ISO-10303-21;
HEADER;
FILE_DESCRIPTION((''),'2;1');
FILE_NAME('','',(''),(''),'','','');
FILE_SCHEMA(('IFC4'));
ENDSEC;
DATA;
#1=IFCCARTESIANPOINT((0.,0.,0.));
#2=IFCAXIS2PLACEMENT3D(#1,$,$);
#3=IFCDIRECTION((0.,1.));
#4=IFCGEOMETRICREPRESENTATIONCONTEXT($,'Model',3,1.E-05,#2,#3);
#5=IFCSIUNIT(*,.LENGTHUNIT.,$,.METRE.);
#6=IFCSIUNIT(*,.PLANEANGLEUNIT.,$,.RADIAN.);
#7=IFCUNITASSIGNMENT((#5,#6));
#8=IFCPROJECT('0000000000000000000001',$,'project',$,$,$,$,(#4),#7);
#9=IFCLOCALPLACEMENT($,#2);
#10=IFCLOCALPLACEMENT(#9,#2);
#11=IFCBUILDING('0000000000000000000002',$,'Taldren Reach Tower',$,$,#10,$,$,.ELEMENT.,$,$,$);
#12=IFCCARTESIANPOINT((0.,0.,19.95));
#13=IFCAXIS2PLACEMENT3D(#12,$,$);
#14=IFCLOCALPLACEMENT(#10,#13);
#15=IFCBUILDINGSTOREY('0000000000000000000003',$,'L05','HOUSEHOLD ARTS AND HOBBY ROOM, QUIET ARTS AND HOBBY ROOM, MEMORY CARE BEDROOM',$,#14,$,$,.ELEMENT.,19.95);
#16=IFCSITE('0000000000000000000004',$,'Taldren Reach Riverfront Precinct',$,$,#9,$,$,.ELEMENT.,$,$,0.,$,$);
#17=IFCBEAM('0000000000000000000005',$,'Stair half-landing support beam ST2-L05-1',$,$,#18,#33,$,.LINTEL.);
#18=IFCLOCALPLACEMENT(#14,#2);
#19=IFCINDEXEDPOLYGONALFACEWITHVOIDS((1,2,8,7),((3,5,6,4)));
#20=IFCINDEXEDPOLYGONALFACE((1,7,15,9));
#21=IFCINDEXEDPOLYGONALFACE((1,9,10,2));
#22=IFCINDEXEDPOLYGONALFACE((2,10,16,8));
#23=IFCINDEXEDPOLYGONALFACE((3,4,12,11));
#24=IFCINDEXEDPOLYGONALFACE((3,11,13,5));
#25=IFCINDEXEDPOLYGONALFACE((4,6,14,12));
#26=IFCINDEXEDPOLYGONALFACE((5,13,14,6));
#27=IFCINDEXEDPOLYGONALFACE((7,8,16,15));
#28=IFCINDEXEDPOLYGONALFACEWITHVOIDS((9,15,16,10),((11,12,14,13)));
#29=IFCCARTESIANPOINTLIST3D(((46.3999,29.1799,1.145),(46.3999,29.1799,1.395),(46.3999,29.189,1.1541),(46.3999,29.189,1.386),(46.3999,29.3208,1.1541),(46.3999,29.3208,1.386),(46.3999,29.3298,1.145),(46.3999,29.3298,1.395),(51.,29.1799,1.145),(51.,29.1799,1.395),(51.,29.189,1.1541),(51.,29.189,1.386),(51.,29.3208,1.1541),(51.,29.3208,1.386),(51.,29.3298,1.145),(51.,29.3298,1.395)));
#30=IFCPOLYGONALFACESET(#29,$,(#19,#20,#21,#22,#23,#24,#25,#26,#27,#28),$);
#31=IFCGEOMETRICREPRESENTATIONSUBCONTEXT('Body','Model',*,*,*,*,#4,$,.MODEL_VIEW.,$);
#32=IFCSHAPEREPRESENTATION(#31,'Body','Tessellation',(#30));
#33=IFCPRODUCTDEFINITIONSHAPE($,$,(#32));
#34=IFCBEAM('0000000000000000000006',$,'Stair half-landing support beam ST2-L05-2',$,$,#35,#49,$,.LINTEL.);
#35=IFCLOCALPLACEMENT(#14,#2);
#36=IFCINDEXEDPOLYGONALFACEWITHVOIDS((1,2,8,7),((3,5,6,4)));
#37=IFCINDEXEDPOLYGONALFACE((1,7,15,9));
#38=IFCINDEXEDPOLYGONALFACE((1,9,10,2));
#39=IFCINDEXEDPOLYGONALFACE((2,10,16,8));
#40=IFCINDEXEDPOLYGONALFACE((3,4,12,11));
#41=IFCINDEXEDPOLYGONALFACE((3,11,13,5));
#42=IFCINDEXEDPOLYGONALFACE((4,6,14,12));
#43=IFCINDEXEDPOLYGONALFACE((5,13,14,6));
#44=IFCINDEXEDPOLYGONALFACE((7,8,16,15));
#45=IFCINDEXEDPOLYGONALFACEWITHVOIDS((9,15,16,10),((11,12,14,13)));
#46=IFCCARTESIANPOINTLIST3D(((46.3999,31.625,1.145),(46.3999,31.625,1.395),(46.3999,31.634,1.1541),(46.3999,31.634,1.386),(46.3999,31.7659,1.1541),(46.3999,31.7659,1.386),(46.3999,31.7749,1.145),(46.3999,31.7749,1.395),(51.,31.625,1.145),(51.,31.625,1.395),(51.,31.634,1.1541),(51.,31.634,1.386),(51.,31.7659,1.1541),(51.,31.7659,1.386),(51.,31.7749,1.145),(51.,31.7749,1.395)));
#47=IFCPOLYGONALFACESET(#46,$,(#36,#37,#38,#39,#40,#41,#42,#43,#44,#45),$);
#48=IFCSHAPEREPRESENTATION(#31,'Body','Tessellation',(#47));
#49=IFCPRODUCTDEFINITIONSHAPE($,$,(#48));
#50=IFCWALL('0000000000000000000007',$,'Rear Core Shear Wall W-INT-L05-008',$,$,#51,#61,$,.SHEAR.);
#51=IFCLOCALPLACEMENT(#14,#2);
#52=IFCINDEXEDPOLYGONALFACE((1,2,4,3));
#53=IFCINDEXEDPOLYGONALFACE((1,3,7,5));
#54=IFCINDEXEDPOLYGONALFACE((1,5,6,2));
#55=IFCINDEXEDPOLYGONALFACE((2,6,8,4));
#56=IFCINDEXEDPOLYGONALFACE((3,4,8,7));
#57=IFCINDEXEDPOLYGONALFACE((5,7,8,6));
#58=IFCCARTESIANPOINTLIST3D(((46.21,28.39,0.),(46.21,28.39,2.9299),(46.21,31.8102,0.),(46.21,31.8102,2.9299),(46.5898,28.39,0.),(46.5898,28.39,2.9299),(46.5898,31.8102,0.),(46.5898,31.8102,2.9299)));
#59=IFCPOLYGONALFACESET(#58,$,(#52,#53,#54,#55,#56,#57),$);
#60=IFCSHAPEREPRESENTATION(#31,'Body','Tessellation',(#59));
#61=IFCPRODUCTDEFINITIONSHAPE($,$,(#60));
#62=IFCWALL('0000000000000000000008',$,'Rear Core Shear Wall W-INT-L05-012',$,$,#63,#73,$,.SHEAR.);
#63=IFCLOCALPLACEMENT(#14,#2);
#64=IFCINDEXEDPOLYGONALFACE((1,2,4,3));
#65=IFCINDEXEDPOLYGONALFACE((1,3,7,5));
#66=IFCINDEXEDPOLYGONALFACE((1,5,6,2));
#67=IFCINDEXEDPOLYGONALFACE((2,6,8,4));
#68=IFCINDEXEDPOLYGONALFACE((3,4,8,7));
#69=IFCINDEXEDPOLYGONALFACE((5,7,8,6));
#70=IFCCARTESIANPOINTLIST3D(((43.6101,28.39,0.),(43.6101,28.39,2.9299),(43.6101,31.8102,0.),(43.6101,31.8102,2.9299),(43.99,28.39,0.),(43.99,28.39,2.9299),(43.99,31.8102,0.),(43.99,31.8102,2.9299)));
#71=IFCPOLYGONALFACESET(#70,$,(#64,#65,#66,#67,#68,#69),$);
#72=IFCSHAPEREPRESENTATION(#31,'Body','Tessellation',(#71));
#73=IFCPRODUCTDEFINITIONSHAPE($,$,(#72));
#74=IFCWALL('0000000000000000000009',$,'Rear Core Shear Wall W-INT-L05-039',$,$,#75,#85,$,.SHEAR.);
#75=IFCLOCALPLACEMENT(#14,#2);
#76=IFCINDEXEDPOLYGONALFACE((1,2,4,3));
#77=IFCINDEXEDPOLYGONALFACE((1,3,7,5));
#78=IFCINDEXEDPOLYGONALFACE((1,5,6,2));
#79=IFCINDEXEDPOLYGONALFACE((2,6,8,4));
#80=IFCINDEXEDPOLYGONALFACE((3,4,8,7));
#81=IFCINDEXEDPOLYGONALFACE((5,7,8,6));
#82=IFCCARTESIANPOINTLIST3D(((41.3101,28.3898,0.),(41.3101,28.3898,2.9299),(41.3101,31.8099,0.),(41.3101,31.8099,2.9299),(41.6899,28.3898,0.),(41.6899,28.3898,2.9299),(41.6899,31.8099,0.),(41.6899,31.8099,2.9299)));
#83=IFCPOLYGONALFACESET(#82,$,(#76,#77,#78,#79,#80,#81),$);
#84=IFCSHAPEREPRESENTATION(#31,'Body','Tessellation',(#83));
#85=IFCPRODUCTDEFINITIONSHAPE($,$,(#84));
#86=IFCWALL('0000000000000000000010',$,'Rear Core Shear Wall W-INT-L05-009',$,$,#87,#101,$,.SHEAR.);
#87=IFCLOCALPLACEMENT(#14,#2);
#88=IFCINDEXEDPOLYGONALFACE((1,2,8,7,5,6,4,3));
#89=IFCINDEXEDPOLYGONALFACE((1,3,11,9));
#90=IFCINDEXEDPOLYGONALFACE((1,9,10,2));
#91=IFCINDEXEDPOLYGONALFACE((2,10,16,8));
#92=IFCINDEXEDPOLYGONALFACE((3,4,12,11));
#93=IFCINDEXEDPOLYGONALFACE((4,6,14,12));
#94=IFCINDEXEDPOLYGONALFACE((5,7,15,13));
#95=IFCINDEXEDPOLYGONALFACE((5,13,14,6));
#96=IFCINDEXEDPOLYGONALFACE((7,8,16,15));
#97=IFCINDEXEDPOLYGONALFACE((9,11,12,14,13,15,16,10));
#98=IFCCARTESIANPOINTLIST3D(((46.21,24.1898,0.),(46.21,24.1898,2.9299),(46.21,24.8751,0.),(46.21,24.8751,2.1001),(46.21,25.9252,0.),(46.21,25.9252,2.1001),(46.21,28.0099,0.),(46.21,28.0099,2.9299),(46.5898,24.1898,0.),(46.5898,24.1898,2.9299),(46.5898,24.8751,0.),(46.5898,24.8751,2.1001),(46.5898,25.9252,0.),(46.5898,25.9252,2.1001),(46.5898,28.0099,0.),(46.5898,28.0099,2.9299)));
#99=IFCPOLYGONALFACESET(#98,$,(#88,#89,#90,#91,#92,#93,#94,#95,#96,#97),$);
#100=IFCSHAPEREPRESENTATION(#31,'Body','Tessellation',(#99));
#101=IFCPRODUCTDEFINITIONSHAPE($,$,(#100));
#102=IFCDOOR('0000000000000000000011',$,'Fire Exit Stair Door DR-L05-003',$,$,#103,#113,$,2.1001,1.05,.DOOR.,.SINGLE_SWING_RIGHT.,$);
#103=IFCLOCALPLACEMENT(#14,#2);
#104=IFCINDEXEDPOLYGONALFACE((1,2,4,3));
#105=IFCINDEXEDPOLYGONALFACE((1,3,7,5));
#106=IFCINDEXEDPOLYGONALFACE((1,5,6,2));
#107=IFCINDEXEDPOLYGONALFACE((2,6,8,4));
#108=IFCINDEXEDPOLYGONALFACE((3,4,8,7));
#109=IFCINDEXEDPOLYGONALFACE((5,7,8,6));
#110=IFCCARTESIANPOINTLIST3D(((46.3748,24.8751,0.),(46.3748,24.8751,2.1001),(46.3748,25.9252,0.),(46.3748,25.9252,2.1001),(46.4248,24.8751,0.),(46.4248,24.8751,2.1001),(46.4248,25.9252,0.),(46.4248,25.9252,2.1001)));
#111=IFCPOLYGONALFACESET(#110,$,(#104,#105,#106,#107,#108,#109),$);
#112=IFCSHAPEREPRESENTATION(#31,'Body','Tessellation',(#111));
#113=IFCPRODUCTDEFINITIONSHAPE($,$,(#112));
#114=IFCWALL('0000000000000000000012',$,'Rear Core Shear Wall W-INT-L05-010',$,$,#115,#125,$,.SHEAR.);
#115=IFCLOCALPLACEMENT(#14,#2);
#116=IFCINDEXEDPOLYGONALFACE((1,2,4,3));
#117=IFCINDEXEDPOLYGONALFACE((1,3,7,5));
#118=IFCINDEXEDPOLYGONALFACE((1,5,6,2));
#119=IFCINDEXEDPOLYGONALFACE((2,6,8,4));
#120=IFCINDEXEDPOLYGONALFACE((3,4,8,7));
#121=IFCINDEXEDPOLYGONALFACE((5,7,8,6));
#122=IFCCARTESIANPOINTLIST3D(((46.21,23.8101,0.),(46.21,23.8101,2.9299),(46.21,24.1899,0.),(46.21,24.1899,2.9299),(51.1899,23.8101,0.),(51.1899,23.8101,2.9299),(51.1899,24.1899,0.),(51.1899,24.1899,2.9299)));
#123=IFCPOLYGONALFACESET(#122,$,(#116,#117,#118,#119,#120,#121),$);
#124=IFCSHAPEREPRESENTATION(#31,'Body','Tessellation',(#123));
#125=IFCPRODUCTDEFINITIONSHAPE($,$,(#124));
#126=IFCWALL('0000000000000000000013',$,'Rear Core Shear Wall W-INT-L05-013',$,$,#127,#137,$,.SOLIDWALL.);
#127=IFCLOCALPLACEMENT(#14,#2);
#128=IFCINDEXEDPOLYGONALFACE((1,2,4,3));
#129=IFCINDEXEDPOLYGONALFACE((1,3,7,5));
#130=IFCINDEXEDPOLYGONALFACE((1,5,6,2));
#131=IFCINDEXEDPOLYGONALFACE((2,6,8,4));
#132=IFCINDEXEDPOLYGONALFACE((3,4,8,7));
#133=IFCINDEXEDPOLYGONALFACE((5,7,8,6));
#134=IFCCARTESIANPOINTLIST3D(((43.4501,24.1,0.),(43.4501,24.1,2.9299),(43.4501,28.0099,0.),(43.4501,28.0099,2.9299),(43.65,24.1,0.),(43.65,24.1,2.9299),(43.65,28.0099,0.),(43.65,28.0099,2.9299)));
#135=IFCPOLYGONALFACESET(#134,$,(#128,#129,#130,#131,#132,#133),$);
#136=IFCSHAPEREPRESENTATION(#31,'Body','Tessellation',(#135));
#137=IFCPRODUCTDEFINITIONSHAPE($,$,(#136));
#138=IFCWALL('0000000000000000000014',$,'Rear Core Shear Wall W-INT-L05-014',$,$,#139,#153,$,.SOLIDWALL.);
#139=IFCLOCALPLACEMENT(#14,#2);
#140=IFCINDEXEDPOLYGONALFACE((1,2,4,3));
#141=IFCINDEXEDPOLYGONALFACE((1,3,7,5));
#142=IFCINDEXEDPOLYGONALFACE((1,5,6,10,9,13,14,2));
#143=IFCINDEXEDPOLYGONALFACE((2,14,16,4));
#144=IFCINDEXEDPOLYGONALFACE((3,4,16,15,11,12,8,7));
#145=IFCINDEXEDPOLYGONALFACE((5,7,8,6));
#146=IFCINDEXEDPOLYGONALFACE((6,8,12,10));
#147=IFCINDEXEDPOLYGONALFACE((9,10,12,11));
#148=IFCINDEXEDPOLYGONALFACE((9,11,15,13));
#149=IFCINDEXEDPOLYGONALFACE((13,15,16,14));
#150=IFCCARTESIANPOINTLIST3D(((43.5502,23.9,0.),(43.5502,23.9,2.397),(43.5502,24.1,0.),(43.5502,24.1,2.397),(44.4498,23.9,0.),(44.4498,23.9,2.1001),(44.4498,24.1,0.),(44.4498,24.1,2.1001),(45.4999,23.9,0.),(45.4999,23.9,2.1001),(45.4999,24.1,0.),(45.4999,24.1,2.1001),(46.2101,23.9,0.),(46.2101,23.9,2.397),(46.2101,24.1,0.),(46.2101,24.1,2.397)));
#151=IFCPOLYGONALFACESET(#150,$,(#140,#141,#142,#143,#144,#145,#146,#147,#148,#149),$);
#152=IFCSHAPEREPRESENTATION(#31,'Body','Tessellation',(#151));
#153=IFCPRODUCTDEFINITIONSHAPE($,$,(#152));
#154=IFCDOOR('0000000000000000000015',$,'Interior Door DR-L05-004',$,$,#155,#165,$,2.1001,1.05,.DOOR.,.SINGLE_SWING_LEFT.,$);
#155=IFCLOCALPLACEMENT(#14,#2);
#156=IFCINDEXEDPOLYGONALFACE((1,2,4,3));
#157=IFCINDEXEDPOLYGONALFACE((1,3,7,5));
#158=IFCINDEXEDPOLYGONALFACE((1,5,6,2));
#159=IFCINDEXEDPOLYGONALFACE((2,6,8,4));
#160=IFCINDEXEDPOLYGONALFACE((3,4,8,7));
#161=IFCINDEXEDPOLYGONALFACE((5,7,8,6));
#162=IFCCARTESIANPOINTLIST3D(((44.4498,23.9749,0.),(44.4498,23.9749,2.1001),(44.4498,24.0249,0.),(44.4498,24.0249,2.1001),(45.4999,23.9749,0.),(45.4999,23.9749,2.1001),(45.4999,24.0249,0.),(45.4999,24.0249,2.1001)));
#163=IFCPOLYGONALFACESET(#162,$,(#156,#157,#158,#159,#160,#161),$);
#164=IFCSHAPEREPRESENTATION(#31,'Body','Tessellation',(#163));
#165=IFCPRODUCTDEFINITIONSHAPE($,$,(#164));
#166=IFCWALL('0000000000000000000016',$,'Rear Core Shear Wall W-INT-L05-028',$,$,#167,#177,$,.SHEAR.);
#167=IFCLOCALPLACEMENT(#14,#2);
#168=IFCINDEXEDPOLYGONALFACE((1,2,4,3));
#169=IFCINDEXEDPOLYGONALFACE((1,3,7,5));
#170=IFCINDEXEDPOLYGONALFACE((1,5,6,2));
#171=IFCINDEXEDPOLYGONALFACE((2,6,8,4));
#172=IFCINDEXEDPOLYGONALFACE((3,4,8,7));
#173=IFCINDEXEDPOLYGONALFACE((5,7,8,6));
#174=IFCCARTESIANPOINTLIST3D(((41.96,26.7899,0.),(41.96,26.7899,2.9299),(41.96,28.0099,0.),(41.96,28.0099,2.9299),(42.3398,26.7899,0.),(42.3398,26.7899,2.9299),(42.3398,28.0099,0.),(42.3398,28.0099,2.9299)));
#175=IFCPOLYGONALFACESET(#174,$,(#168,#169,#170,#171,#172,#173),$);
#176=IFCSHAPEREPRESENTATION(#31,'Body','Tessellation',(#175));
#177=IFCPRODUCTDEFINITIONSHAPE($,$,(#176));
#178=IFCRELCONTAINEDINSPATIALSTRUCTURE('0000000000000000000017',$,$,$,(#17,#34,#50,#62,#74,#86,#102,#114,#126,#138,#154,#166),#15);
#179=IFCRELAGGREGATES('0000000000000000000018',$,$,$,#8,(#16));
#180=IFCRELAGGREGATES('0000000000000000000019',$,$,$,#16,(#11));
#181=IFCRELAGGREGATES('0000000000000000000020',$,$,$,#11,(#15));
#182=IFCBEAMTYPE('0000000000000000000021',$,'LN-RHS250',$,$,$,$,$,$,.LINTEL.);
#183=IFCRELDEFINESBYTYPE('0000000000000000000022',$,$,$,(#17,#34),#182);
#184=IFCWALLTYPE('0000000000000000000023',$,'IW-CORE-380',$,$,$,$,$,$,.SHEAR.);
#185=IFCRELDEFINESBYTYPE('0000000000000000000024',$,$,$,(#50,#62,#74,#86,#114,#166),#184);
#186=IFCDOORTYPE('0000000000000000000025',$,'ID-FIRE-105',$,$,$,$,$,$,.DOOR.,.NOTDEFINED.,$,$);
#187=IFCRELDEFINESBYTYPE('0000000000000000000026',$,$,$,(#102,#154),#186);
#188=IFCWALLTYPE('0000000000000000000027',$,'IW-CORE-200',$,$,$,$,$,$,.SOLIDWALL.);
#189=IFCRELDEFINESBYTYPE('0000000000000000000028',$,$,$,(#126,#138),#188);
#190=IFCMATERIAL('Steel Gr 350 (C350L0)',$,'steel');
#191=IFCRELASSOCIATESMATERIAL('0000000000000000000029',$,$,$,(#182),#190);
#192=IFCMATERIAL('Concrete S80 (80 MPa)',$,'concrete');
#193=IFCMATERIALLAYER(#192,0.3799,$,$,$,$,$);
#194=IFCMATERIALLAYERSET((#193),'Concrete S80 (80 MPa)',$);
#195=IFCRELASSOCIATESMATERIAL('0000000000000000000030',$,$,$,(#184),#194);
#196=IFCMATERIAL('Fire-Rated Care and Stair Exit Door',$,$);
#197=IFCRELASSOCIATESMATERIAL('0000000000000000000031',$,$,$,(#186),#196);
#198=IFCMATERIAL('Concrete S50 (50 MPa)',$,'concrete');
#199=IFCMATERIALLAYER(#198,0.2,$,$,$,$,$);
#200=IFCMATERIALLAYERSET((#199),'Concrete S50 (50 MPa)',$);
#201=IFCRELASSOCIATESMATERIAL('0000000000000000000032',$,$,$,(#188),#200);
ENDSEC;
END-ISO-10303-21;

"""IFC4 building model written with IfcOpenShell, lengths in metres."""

from ifc_helpers import new_model, si_unit, direction, frame, frame_2d, origin, origin_2d, place, context, subcontext, project, spatial, rectangle, hollow_rectangle, extrude, source, transform, mapped, material, layer, layer_set, material_profile, profile_set, type_object, element, fill, save


model = new_model("IFC4")

# Units and contexts
model_context = context("Model", 3, precision=1e-05, world=origin(), true_north=direction((0.0, 1.0)))
body_context = subcontext(model_context, "Body", "Model", "MODEL_VIEW")
ifc_project = project(units=[si_unit("LENGTHUNIT", "METRE"), si_unit("PLANEANGLEUNIT", "RADIAN")], contexts=[model_context])

# Site, building, storey
site_placement = place(None, origin())
site = spatial("IfcSite", under=ifc_project, at=site_placement, Name="Taldren Reach Riverfront Precinct", CompositionType="ELEMENT", RefElevation=0.0)
building_placement = place(site_placement, origin())
building = spatial("IfcBuilding", under=site, at=building_placement, Name="Taldren Reach Tower", CompositionType="ELEMENT")
storey_placement = place(building_placement, frame((0.0, 0.0, 19.95)))
storey = spatial("IfcBuildingStorey", under=building, at=storey_placement, Name="L05", Description="HOUSEHOLD ARTS AND HOBBY ROOM, QUIET ARTS AND HOBBY ROOM, MEMORY CARE BEDROOM", CompositionType="ELEMENT", Elevation=19.95)

# Beams
ifc_material_1 = material(Name="Steel Gr 350 (C350L0)", Category="steel")
ifc_material_profile = material_profile(ifc_material_1, hollow_rectangle(XDim=0.1499, YDim=0.25, WallThickness=0.009, at=origin_2d()), Name="250x150x9.0RHS")
ifc_profile_set = profile_set([ifc_material_profile], Name="Steel Gr 350 (C350L0)")
beam_type = type_object("IfcBeamType", Name="LN-RHS250", PredefinedType="LINTEL", material=ifc_profile_set)
shared_shape_1 = source(origin(), body_context, "Body", "SweptSolid", [
    extrude(hollow_rectangle(XDim=0.1499, YDim=0.25, WallThickness=0.009, at=origin_2d()), origin(), (0.0, 0.0, 1.0), 4.6001),
])
for number, where, z_axis, x_axis, name in (
    (1, (46.3999, 29.2549, 1.27), (1.0, 0.0, 0.0), (0.0, 1.0, 0.0), "Stair half-landing support beam ST2-L05-1"),
    (2, (46.3999, 31.7, 1.27), (1.0, 0.0, 0.0), (0.0, 1.0, 0.0), "Stair half-landing support beam ST2-L05-2"),
):
    element("IfcBeam", number, at=place(storey_placement, frame(where, z_axis=z_axis, x_axis=x_axis)), inside=storey, type_object=beam_type, Name=name, PredefinedType="LINTEL", context=body_context, shape_type="MappedRepresentation", body=[
        mapped(shared_shape_1, transform((0.0, 0.0, 0.0), scale=1.0)),
    ])

# Walls
ifc_material_2 = material(Name="Concrete S80 (80 MPa)", Category="concrete")
ifc_layer_1 = layer(ifc_material_2, 0.3799)
ifc_layer_set_1 = layer_set([ifc_layer_1], Name="Concrete S80 (80 MPa)")
wall_type_1 = type_object("IfcWallType", Name="IW-CORE-380", PredefinedType="SHEAR", material=ifc_layer_set_1)
shared_shape_2 = source(origin(), body_context, "Body", "SweptSolid", [
    extrude(rectangle(XDim=3.4202, YDim=0.3799, at=frame_2d((1.71, 0.0))), origin(), (0.0, 0.0, 1.0), 2.9299),
])
for number, where, z_axis, x_axis, name in (
    (3, (46.3999, 31.8101, 0.0), (0.0, 0.0, 1.0), (0.0, -1.0, 0.0), "Rear Core Shear Wall W-INT-L05-008"),
    (4, (43.8, 31.8101, 0.0), (0.0, 0.0, 1.0), (0.0, -1.0, 0.0), "Rear Core Shear Wall W-INT-L05-012"),
    (5, (41.5, 28.3899, 0.0), (0.0, 0.0, 1.0), (0.0, 1.0, 0.0), "Rear Core Shear Wall W-INT-L05-039"),
):
    element("IfcWall", number, at=place(storey_placement, frame(where, z_axis=z_axis, x_axis=x_axis)), inside=storey, type_object=wall_type_1, Name=name, PredefinedType="SHEAR", context=body_context, shape_type="MappedRepresentation", body=[
        mapped(shared_shape_2, transform((0.0, 0.0, 0.0), scale=1.0)),
    ])

# Wall, opening, door
shared_shape_3 = source(origin(), body_context, "Body", "SweptSolid", [
    extrude(rectangle(XDim=3.8201, YDim=0.3799, at=frame_2d((1.9102, 0.0))), origin(), (0.0, 0.0, 1.0), 2.9299),
])
wall_1_placement = place(storey_placement, frame((46.3999, 28.01, 0.0), z_axis=(0.0, 0.0, 1.0), x_axis=(0.0, -1.0, 0.0)))
wall_1 = element("IfcWall", 6, at=wall_1_placement, inside=storey, type_object=wall_type_1, Name="Rear Core Shear Wall W-INT-L05-009", PredefinedType="SHEAR", context=body_context, shape_type="MappedRepresentation", body=[
    mapped(shared_shape_3, transform((0.0, 0.0, 0.0), scale=1.0)),
])
shared_shape_4 = source(origin(), body_context, "Body", "SweptSolid", [
    extrude(rectangle(XDim=1.05, YDim=2.1001, at=frame_2d((0.5249, 1.05))), frame((0.0, 0.2, 0.0), z_axis=(0.0, -1.0, 0.0), x_axis=(1.0, 0.0, 0.0)), (0.0, 0.0, 1.0), 0.3999),
])
opening_1_placement = place(wall_1_placement, frame((2.085, 0.0, 0.0)))
opening_1 = element("IfcOpeningElement", 7, at=opening_1_placement, cuts=wall_1, PredefinedType="OPENING", context=body_context, shape_type="MappedRepresentation", body=[
    mapped(shared_shape_4, transform((0.0, 0.0, 0.0), scale=1.0)),
])
ifc_material_3 = material(Name="Fire-Rated Care and Stair Exit Door")
door_type_1 = type_object("IfcDoorType", Name="ID-FIRE-105", OperationType="NOTDEFINED", PredefinedType="DOOR", material=ifc_material_3)
shared_shape_5 = source(origin(), body_context, "Body", "SweptSolid", [
    extrude(rectangle(XDim=1.05, YDim=2.1001, at=frame_2d((0.5249, 1.05))), frame((0.0, 0.0249, 0.0), z_axis=(0.0, -1.0, 0.0), x_axis=(1.0, 0.0, 0.0)), (0.0, 0.0, 1.0), 0.05),
])
door_1_placement = place(opening_1_placement, origin())
door_1 = element("IfcDoor", 8, at=door_1_placement, inside=storey, type_object=door_type_1, Name="Fire Exit Stair Door DR-L05-003", OperationType="SINGLE_SWING_RIGHT", OverallHeight=2.1001, OverallWidth=1.05, PredefinedType="DOOR", context=body_context, shape_type="MappedRepresentation", body=[
    mapped(shared_shape_5, transform((0.0, 0.0, 0.0), scale=1.0)),
])
fill(opening_1, door_1)

# Wall
shared_shape_6 = source(origin(), body_context, "Body", "SweptSolid", [
    extrude(rectangle(XDim=4.98, YDim=0.3799, at=frame_2d((2.49, 0.0))), origin(), (0.0, 0.0, 1.0), 2.9299),
])
wall_2_placement = place(storey_placement, frame((46.21, 24.0, 0.0), z_axis=(0.0, 0.0, 1.0), x_axis=(1.0, 0.0, 0.0)))
element("IfcWall", 9, at=wall_2_placement, inside=storey, type_object=wall_type_1, Name="Rear Core Shear Wall W-INT-L05-010", PredefinedType="SHEAR", context=body_context, shape_type="MappedRepresentation", body=[
    mapped(shared_shape_6, transform((0.0, 0.0, 0.0), scale=1.0)),
])

# Wall
ifc_material_4 = material(Name="Concrete S50 (50 MPa)", Category="concrete")
ifc_layer_2 = layer(ifc_material_4, 0.2)
ifc_layer_set_2 = layer_set([ifc_layer_2], Name="Concrete S50 (50 MPa)")
wall_type_2 = type_object("IfcWallType", Name="IW-CORE-200", PredefinedType="SOLIDWALL", material=ifc_layer_set_2)
shared_shape_7 = source(origin(), body_context, "Body", "SweptSolid", [
    extrude(rectangle(XDim=3.9099, YDim=0.2, at=frame_2d((1.9551, 0.0))), origin(), (0.0, 0.0, 1.0), 2.9299),
])
wall_3_placement = place(storey_placement, frame((43.55, 28.01, 0.0), z_axis=(0.0, 0.0, 1.0), x_axis=(0.0, -1.0, 0.0)))
element("IfcWall", 10, at=wall_3_placement, inside=storey, type_object=wall_type_2, Name="Rear Core Shear Wall W-INT-L05-013", PredefinedType="SOLIDWALL", context=body_context, shape_type="MappedRepresentation", body=[
    mapped(shared_shape_7, transform((0.0, 0.0, 0.0), scale=1.0)),
])

# Wall, opening, door
shared_shape_8 = source(origin(), body_context, "Body", "SweptSolid", [
    extrude(rectangle(XDim=2.6599, YDim=0.2, at=frame_2d((1.3301, 0.0))), origin(), (0.0, 0.0, 1.0), 2.397),
])
wall_4_placement = place(storey_placement, frame((43.55, 24.0, 0.0), z_axis=(0.0, 0.0, 1.0), x_axis=(1.0, 0.0, 0.0)))
wall_4 = element("IfcWall", 11, at=wall_4_placement, inside=storey, type_object=wall_type_2, Name="Rear Core Shear Wall W-INT-L05-014", PredefinedType="SOLIDWALL", context=body_context, shape_type="MappedRepresentation", body=[
    mapped(shared_shape_8, transform((0.0, 0.0, 0.0), scale=1.0)),
])
shared_shape_9 = source(origin(), body_context, "Body", "SweptSolid", [
    extrude(rectangle(XDim=1.05, YDim=2.1001, at=frame_2d((0.5249, 1.05))), frame((0.0, 0.1099, 0.0), z_axis=(0.0, -1.0, 0.0), x_axis=(1.0, 0.0, 0.0)), (0.0, 0.0, 1.0), 0.22),
])
opening_2_placement = place(wall_4_placement, frame((0.8999, 0.0, 0.0)))
opening_2 = element("IfcOpeningElement", 12, at=opening_2_placement, cuts=wall_4, PredefinedType="OPENING", context=body_context, shape_type="MappedRepresentation", body=[
    mapped(shared_shape_9, transform((0.0, 0.0, 0.0), scale=1.0)),
])
door_2_placement = place(opening_2_placement, origin())
door_2 = element("IfcDoor", 13, at=door_2_placement, inside=storey, type_object=door_type_1, Name="Interior Door DR-L05-004", OperationType="SINGLE_SWING_LEFT", OverallHeight=2.1001, OverallWidth=1.05, PredefinedType="DOOR", context=body_context, shape_type="MappedRepresentation", body=[
    mapped(shared_shape_5, transform((0.0, 0.0, 0.0), scale=1.0)),
])
fill(opening_2, door_2)

# Wall
shared_shape_10 = source(origin(), body_context, "Body", "SweptSolid", [
    extrude(rectangle(XDim=1.22, YDim=0.3799, at=frame_2d((0.6099, 0.0))), origin(), (0.0, 0.0, 1.0), 2.9299),
])
wall_5_placement = place(storey_placement, frame((42.1499, 26.79, 0.0), z_axis=(0.0, 0.0, 1.0), x_axis=(0.0, 1.0, 0.0)))
element("IfcWall", 14, at=wall_5_placement, inside=storey, type_object=wall_type_1, Name="Rear Core Shear Wall W-INT-L05-028", PredefinedType="SHEAR", context=body_context, shape_type="MappedRepresentation", body=[
    mapped(shared_shape_10, transform((0.0, 0.0, 0.0), scale=1.0)),
])

save(model, "model.ifc")
